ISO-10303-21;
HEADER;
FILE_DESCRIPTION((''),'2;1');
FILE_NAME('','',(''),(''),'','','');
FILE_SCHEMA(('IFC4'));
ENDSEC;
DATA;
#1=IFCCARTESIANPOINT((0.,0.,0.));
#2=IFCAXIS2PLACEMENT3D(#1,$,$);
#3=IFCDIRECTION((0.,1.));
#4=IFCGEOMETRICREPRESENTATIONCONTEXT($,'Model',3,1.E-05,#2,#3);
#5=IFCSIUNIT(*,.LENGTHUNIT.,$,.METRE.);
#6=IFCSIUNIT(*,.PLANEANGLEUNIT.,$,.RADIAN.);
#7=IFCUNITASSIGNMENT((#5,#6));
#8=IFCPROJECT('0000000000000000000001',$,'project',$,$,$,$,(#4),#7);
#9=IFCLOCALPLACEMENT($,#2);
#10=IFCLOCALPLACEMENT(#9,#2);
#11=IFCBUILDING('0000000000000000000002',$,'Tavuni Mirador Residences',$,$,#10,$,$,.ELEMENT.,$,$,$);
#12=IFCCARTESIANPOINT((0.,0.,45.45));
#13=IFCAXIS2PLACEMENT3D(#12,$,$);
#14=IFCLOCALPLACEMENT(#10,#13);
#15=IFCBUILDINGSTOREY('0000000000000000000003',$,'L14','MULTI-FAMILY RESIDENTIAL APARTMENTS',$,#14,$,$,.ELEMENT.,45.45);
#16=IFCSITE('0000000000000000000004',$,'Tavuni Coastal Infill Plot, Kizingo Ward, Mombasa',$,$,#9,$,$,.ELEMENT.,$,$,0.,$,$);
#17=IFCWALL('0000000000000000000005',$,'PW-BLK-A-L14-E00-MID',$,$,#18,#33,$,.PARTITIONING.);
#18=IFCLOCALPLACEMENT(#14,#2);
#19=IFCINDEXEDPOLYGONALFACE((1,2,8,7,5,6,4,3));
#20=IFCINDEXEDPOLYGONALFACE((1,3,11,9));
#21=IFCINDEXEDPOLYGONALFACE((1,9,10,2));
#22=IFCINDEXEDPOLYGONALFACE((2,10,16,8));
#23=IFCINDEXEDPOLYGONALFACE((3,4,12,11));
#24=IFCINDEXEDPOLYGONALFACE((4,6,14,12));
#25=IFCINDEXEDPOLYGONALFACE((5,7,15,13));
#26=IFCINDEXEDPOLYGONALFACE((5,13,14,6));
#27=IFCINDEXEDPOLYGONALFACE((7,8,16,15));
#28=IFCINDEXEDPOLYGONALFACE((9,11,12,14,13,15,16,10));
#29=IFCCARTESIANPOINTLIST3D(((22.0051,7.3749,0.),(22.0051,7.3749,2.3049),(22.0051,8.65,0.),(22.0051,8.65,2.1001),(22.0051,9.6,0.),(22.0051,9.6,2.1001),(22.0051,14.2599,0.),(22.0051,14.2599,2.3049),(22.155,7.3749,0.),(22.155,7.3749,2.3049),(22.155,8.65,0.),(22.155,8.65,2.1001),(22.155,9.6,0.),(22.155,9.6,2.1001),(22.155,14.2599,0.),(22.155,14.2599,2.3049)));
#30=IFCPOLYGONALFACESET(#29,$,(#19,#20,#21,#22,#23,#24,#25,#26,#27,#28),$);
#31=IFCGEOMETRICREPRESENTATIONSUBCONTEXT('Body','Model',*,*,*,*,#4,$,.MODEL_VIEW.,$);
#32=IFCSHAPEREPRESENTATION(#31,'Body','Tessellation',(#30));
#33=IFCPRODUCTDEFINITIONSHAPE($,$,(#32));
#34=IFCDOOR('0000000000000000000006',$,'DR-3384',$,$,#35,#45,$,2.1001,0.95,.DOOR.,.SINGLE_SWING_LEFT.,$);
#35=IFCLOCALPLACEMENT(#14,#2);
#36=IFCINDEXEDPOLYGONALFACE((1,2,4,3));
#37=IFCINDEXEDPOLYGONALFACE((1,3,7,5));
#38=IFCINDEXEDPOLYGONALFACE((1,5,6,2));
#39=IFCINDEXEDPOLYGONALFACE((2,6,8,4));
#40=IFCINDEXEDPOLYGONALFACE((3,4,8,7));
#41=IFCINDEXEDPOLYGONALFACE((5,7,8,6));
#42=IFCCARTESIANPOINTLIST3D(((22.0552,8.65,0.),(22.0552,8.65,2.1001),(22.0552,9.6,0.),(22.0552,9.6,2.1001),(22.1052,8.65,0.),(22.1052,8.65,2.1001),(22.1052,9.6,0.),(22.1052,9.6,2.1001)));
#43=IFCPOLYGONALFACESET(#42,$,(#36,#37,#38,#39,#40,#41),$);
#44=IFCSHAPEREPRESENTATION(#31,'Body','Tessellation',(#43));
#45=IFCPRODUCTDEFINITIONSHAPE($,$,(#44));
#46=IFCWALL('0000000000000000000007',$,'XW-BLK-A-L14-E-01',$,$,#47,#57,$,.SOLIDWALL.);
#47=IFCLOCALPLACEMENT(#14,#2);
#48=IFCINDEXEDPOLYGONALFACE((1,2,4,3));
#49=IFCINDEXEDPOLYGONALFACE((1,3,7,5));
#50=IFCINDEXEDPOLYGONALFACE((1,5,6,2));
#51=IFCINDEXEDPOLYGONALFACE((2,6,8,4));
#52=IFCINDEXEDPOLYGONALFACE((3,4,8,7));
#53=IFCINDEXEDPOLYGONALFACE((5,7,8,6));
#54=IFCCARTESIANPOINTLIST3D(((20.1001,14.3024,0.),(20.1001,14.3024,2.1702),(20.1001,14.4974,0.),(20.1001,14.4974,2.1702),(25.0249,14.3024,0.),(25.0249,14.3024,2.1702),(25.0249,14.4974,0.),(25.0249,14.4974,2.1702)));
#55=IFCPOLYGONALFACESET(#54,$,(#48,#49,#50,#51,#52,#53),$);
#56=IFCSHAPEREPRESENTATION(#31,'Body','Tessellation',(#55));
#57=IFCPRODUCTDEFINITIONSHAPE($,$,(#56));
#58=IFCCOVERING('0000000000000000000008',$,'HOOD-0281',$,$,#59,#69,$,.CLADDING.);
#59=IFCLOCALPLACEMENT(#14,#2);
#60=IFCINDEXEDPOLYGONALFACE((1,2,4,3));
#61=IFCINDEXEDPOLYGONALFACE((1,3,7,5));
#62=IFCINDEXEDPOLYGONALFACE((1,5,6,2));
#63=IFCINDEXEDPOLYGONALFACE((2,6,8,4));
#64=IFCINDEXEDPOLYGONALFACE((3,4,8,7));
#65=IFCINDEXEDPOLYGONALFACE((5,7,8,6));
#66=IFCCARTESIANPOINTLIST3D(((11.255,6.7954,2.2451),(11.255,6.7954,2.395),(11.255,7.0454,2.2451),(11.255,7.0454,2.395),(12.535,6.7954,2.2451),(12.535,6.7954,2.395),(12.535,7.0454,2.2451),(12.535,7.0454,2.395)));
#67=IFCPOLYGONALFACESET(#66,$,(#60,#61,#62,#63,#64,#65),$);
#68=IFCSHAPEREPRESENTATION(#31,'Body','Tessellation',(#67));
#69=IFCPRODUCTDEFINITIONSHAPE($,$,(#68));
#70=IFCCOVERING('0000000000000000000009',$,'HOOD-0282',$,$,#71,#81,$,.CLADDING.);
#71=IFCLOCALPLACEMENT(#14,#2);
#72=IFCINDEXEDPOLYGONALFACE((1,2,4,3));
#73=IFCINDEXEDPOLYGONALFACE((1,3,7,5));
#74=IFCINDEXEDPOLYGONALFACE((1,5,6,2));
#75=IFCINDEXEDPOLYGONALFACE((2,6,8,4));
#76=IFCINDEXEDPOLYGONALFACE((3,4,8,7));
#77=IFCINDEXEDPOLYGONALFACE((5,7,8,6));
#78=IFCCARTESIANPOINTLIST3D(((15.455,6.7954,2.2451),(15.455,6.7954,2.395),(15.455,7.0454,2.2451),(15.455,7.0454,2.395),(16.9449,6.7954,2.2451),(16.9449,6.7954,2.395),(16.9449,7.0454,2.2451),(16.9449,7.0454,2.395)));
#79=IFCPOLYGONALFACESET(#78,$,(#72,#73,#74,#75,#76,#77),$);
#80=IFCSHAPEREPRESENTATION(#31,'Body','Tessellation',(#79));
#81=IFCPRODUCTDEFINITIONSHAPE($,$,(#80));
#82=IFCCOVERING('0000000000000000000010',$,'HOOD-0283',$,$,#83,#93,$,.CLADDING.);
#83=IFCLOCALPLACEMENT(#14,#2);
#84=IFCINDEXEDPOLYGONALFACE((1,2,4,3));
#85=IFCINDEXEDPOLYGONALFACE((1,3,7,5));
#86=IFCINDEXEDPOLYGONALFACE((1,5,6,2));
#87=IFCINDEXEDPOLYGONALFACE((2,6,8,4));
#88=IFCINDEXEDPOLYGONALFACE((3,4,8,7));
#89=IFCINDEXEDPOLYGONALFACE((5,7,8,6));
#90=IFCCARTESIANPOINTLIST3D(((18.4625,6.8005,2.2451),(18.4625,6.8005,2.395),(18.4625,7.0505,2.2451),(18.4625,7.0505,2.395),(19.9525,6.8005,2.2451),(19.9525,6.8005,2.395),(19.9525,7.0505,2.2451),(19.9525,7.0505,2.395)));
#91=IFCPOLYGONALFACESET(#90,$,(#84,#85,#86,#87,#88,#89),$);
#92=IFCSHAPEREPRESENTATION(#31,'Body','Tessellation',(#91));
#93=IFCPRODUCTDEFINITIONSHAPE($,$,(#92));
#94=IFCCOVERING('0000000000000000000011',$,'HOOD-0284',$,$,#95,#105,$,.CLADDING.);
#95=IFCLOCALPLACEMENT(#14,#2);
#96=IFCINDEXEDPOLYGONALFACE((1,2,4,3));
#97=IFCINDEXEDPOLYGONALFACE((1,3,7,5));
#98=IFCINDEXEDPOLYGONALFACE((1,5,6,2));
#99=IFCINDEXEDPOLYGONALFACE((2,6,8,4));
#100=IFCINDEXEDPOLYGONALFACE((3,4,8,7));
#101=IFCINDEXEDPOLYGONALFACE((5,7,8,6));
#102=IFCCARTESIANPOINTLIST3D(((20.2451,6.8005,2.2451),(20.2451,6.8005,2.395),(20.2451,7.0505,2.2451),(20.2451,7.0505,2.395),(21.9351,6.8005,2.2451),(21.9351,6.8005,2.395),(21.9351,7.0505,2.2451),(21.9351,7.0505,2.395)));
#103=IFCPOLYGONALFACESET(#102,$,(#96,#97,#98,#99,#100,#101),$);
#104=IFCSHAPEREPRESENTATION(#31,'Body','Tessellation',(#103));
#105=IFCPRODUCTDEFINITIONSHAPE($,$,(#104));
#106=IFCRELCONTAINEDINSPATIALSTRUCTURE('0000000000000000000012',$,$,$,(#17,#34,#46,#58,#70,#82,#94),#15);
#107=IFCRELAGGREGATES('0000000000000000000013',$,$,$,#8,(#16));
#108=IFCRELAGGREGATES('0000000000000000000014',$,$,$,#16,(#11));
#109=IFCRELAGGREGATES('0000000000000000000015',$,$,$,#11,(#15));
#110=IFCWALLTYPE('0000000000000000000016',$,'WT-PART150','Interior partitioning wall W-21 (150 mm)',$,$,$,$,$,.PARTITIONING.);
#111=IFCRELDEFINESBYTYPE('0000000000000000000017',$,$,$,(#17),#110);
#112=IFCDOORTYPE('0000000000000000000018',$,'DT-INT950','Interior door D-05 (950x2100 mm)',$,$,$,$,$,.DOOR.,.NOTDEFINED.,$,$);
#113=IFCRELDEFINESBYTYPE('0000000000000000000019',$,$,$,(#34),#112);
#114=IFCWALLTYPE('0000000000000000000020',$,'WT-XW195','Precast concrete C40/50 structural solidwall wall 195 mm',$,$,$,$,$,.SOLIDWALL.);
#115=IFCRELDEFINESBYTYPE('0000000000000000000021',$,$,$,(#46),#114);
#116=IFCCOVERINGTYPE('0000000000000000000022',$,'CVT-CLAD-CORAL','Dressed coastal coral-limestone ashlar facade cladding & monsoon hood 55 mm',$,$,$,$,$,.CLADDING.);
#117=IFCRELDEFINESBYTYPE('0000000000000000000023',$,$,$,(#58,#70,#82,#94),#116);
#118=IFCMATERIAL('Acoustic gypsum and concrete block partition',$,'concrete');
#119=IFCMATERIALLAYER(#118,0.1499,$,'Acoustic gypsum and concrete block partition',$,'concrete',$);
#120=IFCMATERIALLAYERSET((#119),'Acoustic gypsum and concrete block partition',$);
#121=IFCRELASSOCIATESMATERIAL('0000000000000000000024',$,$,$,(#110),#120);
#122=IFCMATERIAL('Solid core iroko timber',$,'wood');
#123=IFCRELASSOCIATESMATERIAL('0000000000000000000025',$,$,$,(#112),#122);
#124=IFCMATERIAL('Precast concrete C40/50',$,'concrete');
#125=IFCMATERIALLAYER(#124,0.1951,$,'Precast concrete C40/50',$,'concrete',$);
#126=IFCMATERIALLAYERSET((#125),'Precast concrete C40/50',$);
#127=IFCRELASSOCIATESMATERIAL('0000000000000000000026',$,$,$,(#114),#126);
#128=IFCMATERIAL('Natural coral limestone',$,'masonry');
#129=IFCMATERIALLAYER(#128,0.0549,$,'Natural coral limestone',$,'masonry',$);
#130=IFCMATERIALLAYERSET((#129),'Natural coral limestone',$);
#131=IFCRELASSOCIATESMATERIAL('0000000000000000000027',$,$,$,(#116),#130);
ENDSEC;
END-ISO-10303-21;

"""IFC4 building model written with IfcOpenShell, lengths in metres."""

from ifc_helpers import new_model, si_unit, direction, frame, frame_2d, origin, origin_2d, place, context, subcontext, project, spatial, rectangle, extrude, material, layer, layer_set, type_object, element, fill, save


model = new_model("IFC4")

# Units and contexts
model_context = context("Model", 3, precision=1e-05, world=origin(), true_north=direction((0.0, 1.0)))
body_context = subcontext(model_context, "Body", "Model", "MODEL_VIEW")
ifc_project = project(units=[si_unit("LENGTHUNIT", "METRE"), si_unit("PLANEANGLEUNIT", "RADIAN")], contexts=[model_context])

# Site, building, storey
site_placement = place(None, origin())
site = spatial("IfcSite", under=ifc_project, at=site_placement, Name="Tavuni Coastal Infill Plot, Kizingo Ward, Mombasa", CompositionType="ELEMENT", RefElevation=0.0)
building_placement = place(site_placement, origin())
building = spatial("IfcBuilding", under=site, at=building_placement, Name="Tavuni Mirador Residences", CompositionType="ELEMENT")
storey_placement = place(building_placement, frame((0.0, 0.0, 45.45)))
storey = spatial("IfcBuildingStorey", under=building, at=storey_placement, Name="L14", Description="MULTI-FAMILY RESIDENTIAL APARTMENTS", CompositionType="ELEMENT", Elevation=45.45)

# Shared definitions
ifc_material_1 = material(Name="Precast concrete C40/50", Category="concrete")

# Shared definitions
ifc_material_2 = material(Name="Solid core iroko timber", Category="wood")

# Wall, opening, door
ifc_material_3 = material(Name="Acoustic gypsum and concrete block partition", Category="concrete")
ifc_layer_1 = layer(ifc_material_3, 0.1499, Name="Acoustic gypsum and concrete block partition", Category="concrete")
ifc_layer_set_1 = layer_set([ifc_layer_1], Name="Acoustic gypsum and concrete block partition")
wall_type_1 = type_object("IfcWallType", Name="WT-PART150", Description="Interior partitioning wall W-21 (150 mm)", PredefinedType="PARTITIONING", material=ifc_layer_set_1)
wall_1_placement = place(storey_placement, frame((22.0801, 7.375, 0.0), z_axis=(0.0, 0.0, 1.0), x_axis=(0.0, 1.0, 0.0)))
wall_1 = element("IfcWall", 1, at=wall_1_placement, inside=storey, type_object=wall_type_1, Name="PW-BLK-A-L14-E00-MID", PredefinedType="PARTITIONING", context=body_context, shape_type="SweptSolid", body=[
    extrude(rectangle(XDim=6.885, YDim=0.1499, at=frame_2d((3.4424, 0.0))), origin(), (0.0, 0.0, 1.0), 2.3049),
])
opening_1_placement = place(wall_1_placement, frame((1.2749, 0.0, 0.0)))
opening_1 = element("IfcOpeningElement", 2, at=opening_1_placement, cuts=wall_1, PredefinedType="OPENING", context=body_context, shape_type="SweptSolid", body=[
    extrude(rectangle(XDim=0.95, YDim=2.1001, at=frame_2d((0.4751, 1.05))), frame((0.0, 0.085, 0.0), z_axis=(0.0, -1.0, 0.0), x_axis=(1.0, 0.0, 0.0)), (0.0, 0.0, 1.0), 0.1699),
])
door_type_1 = type_object("IfcDoorType", Name="DT-INT950", Description="Interior door D-05 (950x2100 mm)", OperationType="NOTDEFINED", PredefinedType="DOOR", material=ifc_material_2)
door_1_placement = place(opening_1_placement, origin())
door_1 = element("IfcDoor", 3, at=door_1_placement, inside=storey, type_object=door_type_1, Name="DR-3384", OperationType="SINGLE_SWING_LEFT", OverallHeight=2.1001, OverallWidth=0.95, PredefinedType="DOOR", context=body_context, shape_type="SweptSolid", body=[
    extrude(rectangle(XDim=0.95, YDim=2.1001, at=frame_2d((0.4751, 1.05))), frame((0.0, 0.0249, 0.0), z_axis=(0.0, -1.0, 0.0), x_axis=(1.0, 0.0, 0.0)), (0.0, 0.0, 1.0), 0.05),
])
fill(opening_1, door_1)

# Wall
ifc_layer_2 = layer(ifc_material_1, 0.1951, Name="Precast concrete C40/50", Category="concrete")
ifc_layer_set_2 = layer_set([ifc_layer_2], Name="Precast concrete C40/50")
wall_type_2 = type_object("IfcWallType", Name="WT-XW195", Description="Precast concrete C40/50 structural solidwall wall 195 mm", PredefinedType="SOLIDWALL", material=ifc_layer_set_2)
wall_2_placement = place(storey_placement, frame((20.1001, 14.3999, 0.0), z_axis=(0.0, 0.0, 1.0), x_axis=(1.0, 0.0, 0.0)))
element("IfcWall", 4, at=wall_2_placement, inside=storey, type_object=wall_type_2, Name="XW-BLK-A-L14-E-01", PredefinedType="SOLIDWALL", context=body_context, shape_type="SweptSolid", body=[
    extrude(rectangle(XDim=4.9248, YDim=0.1951, at=frame_2d((2.4624, 0.0))), origin(), (0.0, 0.0, 1.0), 2.1702),
])

# Coverings
ifc_material_4 = material(Name="Natural coral limestone", Category="masonry")
ifc_layer_3 = layer(ifc_material_4, 0.0549, Name="Natural coral limestone", Category="masonry")
ifc_layer_set_3 = layer_set([ifc_layer_3], Name="Natural coral limestone")
covering_type = type_object("IfcCoveringType", Name="CVT-CLAD-CORAL", Description="Dressed coastal coral-limestone ashlar facade cladding & monsoon hood 55 mm", PredefinedType="CLADDING", material=ifc_layer_set_3)
covering_1_placement = place(storey_placement, frame((11.895, 6.9204, 2.2451), z_axis=(0.0, 0.0, 1.0), x_axis=(1.0, 0.0, 0.0)))
element("IfcCovering", 5, at=covering_1_placement, inside=storey, type_object=covering_type, Name="HOOD-0281", PredefinedType="CLADDING", context=body_context, shape_type="SweptSolid", body=[
    extrude(rectangle(XDim=1.28, YDim=0.25, at=origin_2d()), origin(), (0.0, 0.0, 1.0), 0.1499),
])
for number, where, z_axis, x_axis, name in (
    (6, (16.2, 6.9204, 2.2451), (0.0, 0.0, 1.0), (1.0, 0.0, 0.0), "HOOD-0282"),
    (7, (19.2075, 6.9255, 2.2451), (0.0, 0.0, 1.0), (1.0, 0.0, 0.0), "HOOD-0283"),
):
    element("IfcCovering", number, at=place(storey_placement, frame(where, z_axis=z_axis, x_axis=x_axis)), inside=storey, type_object=covering_type, Name=name, PredefinedType="CLADDING", context=body_context, shape_type="SweptSolid", body=[
        extrude(rectangle(XDim=1.49, YDim=0.25, at=origin_2d()), origin(), (0.0, 0.0, 1.0), 0.1499),
    ])
covering_2_placement = place(storey_placement, frame((21.0901, 6.9255, 2.2451), z_axis=(0.0, 0.0, 1.0), x_axis=(1.0, 0.0, 0.0)))
element("IfcCovering", 8, at=covering_2_placement, inside=storey, type_object=covering_type, Name="HOOD-0284", PredefinedType="CLADDING", context=body_context, shape_type="SweptSolid", body=[
    extrude(rectangle(XDim=1.6899, YDim=0.25, at=origin_2d()), origin(), (0.0, 0.0, 1.0), 0.1499),
])

save(model, "model.ifc")
